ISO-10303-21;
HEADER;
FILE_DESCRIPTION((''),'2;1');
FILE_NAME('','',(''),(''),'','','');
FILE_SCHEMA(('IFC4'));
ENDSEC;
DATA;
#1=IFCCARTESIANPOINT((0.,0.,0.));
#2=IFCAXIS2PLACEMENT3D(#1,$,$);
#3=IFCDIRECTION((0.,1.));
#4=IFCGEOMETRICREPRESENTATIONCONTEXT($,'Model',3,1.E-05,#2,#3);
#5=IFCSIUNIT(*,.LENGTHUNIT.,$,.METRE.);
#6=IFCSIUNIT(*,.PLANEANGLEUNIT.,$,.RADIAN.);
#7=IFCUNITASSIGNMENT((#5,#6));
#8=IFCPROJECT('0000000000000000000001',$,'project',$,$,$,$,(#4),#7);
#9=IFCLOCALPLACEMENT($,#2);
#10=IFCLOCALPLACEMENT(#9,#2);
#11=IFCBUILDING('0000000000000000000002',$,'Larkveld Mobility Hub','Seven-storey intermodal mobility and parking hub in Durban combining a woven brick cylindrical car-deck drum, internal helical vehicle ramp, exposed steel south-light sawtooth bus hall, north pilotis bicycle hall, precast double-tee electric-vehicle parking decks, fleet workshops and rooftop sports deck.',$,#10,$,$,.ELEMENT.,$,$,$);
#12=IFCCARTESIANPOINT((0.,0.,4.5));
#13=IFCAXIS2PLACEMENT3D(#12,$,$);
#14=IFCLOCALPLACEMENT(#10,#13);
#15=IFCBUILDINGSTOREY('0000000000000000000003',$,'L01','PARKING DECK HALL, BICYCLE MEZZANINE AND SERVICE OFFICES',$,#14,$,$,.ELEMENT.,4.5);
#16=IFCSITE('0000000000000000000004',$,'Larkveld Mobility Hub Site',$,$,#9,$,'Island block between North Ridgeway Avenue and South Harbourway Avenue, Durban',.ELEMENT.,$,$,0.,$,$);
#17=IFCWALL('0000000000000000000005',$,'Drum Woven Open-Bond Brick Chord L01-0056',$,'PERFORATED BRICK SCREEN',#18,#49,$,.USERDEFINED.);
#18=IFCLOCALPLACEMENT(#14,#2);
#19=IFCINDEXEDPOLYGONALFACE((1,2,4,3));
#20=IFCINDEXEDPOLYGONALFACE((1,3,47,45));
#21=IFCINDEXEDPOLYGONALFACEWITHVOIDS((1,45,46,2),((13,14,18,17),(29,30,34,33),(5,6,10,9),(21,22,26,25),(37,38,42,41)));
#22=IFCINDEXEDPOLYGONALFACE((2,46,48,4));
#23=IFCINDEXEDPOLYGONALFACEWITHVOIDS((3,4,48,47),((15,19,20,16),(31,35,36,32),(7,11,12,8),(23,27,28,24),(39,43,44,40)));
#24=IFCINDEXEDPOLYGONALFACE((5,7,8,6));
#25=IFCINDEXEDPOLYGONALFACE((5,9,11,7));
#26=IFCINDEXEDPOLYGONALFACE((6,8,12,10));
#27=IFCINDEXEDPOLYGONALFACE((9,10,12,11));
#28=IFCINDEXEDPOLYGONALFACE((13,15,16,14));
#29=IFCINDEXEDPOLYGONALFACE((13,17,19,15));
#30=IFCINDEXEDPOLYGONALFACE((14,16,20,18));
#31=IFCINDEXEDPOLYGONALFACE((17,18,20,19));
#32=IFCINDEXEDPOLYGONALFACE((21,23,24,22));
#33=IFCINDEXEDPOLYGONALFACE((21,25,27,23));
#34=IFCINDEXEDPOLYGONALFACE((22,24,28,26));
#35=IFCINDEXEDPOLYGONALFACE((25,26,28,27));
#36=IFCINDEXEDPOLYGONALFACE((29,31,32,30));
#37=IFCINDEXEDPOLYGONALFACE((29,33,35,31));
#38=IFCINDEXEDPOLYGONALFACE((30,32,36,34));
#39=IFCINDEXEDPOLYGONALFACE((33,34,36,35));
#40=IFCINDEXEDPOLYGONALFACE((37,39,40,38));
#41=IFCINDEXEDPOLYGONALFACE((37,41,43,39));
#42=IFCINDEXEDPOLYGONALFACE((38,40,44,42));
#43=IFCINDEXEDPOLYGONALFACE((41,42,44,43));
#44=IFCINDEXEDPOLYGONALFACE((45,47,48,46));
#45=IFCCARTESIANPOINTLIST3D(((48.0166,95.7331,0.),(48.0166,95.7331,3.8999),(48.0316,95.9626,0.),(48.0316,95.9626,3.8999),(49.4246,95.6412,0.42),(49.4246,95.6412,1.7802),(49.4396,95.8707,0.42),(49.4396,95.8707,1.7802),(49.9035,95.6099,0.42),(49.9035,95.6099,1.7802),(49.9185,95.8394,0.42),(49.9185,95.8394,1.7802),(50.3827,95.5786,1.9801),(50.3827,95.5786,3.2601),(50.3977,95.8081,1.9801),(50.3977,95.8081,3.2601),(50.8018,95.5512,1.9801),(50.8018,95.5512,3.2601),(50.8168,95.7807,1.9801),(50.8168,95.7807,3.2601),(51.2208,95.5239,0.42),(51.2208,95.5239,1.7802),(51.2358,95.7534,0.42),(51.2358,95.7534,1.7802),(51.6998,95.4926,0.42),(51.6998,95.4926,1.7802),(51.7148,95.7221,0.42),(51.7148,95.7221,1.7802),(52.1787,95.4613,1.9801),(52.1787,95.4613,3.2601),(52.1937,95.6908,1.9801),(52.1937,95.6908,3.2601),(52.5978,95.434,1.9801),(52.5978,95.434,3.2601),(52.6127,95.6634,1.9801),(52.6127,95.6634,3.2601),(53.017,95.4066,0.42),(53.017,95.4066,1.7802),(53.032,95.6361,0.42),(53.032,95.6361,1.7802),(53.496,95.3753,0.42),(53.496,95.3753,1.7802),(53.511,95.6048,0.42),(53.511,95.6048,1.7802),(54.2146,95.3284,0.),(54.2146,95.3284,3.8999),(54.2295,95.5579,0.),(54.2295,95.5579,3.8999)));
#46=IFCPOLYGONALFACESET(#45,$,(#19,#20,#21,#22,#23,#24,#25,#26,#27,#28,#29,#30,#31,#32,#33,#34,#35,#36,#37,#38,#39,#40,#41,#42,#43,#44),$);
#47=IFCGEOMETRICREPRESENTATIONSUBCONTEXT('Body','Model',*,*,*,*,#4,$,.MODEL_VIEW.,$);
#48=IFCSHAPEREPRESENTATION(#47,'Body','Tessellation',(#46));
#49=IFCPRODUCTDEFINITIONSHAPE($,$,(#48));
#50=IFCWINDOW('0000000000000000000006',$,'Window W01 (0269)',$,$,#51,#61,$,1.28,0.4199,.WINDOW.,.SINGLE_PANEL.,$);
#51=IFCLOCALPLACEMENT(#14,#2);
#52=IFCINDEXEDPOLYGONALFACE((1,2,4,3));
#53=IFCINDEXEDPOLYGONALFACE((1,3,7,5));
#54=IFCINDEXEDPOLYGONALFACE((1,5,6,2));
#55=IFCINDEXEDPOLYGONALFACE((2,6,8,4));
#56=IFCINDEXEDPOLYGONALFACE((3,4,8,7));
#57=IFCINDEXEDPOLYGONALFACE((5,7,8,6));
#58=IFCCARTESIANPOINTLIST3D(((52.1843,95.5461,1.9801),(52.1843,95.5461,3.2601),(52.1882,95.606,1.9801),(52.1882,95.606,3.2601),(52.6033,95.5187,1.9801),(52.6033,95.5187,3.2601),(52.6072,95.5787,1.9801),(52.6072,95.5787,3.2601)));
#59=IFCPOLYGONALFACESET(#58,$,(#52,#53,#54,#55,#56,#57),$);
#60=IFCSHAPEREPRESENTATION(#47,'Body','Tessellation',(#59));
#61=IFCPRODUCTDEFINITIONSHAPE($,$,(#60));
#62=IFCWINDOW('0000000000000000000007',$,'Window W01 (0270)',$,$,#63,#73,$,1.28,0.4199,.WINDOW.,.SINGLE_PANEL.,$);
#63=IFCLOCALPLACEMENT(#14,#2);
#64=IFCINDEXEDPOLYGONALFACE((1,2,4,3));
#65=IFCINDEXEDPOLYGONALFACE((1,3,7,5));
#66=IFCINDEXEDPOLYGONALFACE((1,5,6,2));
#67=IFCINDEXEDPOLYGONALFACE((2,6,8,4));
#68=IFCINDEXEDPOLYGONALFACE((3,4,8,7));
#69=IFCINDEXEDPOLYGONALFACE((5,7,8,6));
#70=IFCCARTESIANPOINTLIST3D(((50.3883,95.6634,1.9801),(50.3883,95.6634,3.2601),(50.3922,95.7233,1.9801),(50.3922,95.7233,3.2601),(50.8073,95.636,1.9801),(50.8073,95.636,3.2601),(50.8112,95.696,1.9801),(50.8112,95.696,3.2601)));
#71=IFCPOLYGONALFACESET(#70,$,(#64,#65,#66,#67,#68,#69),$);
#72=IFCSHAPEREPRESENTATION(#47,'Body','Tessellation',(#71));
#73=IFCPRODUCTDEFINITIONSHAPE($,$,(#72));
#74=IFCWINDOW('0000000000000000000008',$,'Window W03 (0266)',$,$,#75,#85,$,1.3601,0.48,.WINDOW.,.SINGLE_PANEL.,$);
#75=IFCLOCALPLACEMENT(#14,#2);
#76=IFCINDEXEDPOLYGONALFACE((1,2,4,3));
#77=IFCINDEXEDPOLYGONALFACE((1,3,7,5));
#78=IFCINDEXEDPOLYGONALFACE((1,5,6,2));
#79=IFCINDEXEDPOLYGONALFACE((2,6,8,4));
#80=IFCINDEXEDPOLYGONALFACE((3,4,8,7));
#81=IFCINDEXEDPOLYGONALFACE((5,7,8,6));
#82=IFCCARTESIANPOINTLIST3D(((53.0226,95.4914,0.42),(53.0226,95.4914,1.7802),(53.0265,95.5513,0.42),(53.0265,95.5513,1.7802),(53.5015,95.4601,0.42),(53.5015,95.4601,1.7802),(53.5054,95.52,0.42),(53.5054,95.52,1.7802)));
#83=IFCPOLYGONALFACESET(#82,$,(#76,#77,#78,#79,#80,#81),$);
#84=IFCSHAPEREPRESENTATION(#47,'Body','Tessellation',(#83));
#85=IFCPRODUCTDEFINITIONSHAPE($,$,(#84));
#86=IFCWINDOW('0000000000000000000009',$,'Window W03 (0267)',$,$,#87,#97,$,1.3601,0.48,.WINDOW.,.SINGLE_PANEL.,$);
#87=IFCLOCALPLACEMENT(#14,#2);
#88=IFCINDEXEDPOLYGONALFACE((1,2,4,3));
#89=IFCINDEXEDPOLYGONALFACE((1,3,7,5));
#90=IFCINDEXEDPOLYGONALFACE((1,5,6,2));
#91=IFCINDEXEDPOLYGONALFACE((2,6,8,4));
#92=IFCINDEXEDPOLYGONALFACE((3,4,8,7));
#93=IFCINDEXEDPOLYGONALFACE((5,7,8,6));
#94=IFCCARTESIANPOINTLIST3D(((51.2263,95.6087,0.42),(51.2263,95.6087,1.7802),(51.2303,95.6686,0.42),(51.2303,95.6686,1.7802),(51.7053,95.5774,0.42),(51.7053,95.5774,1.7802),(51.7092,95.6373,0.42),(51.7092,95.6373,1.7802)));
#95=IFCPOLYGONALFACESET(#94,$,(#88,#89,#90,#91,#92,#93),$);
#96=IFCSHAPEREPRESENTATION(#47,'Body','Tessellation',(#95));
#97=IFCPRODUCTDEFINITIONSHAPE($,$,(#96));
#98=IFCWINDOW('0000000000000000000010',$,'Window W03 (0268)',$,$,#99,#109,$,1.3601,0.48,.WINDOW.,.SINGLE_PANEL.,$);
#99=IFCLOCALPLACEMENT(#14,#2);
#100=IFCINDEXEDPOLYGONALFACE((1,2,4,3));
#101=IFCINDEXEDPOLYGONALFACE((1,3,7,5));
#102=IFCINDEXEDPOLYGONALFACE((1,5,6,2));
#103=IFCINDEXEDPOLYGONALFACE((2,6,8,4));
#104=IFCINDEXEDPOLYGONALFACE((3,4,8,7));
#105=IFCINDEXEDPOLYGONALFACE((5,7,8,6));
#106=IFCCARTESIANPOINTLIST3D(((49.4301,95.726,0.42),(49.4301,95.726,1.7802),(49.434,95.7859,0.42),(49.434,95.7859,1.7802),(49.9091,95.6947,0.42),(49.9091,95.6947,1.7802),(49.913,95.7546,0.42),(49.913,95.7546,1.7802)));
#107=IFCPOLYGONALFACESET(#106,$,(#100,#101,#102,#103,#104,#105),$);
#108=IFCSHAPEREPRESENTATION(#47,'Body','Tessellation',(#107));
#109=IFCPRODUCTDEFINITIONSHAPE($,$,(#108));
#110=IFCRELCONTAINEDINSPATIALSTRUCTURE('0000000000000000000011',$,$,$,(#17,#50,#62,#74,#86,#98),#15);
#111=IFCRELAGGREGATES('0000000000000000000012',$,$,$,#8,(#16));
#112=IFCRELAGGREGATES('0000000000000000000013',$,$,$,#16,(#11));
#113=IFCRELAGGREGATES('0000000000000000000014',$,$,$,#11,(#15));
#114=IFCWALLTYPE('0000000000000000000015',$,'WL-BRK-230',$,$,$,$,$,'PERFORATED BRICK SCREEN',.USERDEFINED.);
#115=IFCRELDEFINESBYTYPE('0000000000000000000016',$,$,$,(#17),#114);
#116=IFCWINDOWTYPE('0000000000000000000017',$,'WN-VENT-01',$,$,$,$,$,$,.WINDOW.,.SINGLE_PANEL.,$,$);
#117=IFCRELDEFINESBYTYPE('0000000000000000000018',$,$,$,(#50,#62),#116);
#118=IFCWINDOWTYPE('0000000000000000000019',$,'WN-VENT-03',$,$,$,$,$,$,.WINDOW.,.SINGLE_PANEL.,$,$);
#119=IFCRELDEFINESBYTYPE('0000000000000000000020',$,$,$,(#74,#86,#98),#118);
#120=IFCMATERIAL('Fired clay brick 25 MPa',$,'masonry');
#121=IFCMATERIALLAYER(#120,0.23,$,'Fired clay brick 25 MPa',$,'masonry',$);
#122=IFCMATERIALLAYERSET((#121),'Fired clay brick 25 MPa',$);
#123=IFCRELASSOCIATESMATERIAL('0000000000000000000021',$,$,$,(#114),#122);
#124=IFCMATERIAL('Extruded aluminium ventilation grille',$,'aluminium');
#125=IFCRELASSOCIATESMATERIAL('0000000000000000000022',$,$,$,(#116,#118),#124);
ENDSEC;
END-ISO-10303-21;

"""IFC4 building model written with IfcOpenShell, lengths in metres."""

from ifc_helpers import new_model, si_unit, direction, frame, frame_2d, origin, place, context, subcontext, project, spatial, rectangle, extrude, material, layer, layer_set, type_object, element, fill, save


model = new_model("IFC4")

# Units and contexts
model_context = context("Model", 3, precision=1e-05, world=origin(), true_north=direction((0.0, 1.0)))
body_context = subcontext(model_context, "Body", "Model", "MODEL_VIEW")
ifc_project = project(units=[si_unit("LENGTHUNIT", "METRE"), si_unit("PLANEANGLEUNIT", "RADIAN")], contexts=[model_context])

# Site, building, storey
site_placement = place(None, origin())
site = spatial("IfcSite", under=ifc_project, at=site_placement, Name="Larkveld Mobility Hub Site", LongName="Island block between North Ridgeway Avenue and South Harbourway Avenue, Durban", CompositionType="ELEMENT", RefElevation=0.0)
building_placement = place(site_placement, origin())
building = spatial("IfcBuilding", under=site, at=building_placement, Name="Larkveld Mobility Hub", Description="Seven-storey intermodal mobility and parking hub in Durban combining a woven brick cylindrical car-deck drum, internal helical vehicle ramp, exposed steel south-light sawtooth bus hall, north pilotis bicycle hall, precast double-tee electric-vehicle parking decks, fleet workshops and rooftop sports deck.", CompositionType="ELEMENT")
storey_placement = place(building_placement, frame((0.0, 0.0, 4.5)))
storey = spatial("IfcBuildingStorey", under=building, at=storey_placement, Name="L01", Description="PARKING DECK HALL, BICYCLE MEZZANINE AND SERVICE OFFICES", CompositionType="ELEMENT", Elevation=4.5)

# Wall, openings, windows
ifc_material_1 = material(Name="Fired clay brick 25 MPa", Category="masonry")
ifc_layer_1 = layer(ifc_material_1, 0.23, Name="Fired clay brick 25 MPa", Category="masonry")
ifc_layer_set_1 = layer_set([ifc_layer_1], Name="Fired clay brick 25 MPa")
wall_type_1 = type_object("IfcWallType", Name="WL-BRK-230", ElementType="PERFORATED BRICK SCREEN", PredefinedType="USERDEFINED", material=ifc_layer_set_1)
wall_1_placement = place(storey_placement, frame((54.2219, 95.4431, 0.0), z_axis=(0.0, 0.0, 1.0), x_axis=(-0.997874, 0.06517, 0.0)))
wall_1 = element("IfcWall", 1, at=wall_1_placement, inside=storey, type_object=wall_type_1, Name="Drum Woven Open-Bond Brick Chord L01-0056", ObjectType="PERFORATED BRICK SCREEN", PredefinedType="USERDEFINED", context=body_context, shape_type="SweptSolid", body=[
    extrude(rectangle(XDim=6.2112, YDim=0.23, at=frame_2d((3.1055, 0.0))), origin(), (0.0, 0.0, 1.0), 3.8999),
])
opening_1_placement = place(wall_1_placement, frame((0.72, 0.0, 0.4199)))
opening_1 = element("IfcOpeningElement", 2, at=opening_1_placement, cuts=wall_1, PredefinedType="OPENING", context=body_context, shape_type="SweptSolid", body=[
    extrude(rectangle(XDim=0.48, YDim=1.3601, at=frame_2d((0.24, 0.6802))), frame((0.0, 0.125, 0.0), z_axis=(0.0, -1.0, 0.0), x_axis=(1.0, 0.0, 0.0)), (0.0, 0.0, 1.0), 0.25),
])
opening_2_placement = place(wall_1_placement, frame((2.52, 0.0, 0.4199)))
opening_2 = element("IfcOpeningElement", 3, at=opening_2_placement, cuts=wall_1, PredefinedType="OPENING", context=body_context, shape_type="SweptSolid", body=[
    extrude(rectangle(XDim=0.48, YDim=1.3601, at=frame_2d((0.24, 0.6802))), frame((0.0, 0.125, 0.0), z_axis=(0.0, -1.0, 0.0), x_axis=(1.0, 0.0, 0.0)), (0.0, 0.0, 1.0), 0.25),
])
opening_3_placement = place(wall_1_placement, frame((4.3201, 0.0, 0.4199)))
opening_3 = element("IfcOpeningElement", 4, at=opening_3_placement, cuts=wall_1, PredefinedType="OPENING", context=body_context, shape_type="SweptSolid", body=[
    extrude(rectangle(XDim=0.48, YDim=1.3601, at=frame_2d((0.24, 0.6802))), frame((0.0, 0.125, 0.0), z_axis=(0.0, -1.0, 0.0), x_axis=(1.0, 0.0, 0.0)), (0.0, 0.0, 1.0), 0.25),
])
opening_4_placement = place(wall_1_placement, frame((1.6201, 0.0, 1.98)))
opening_4 = element("IfcOpeningElement", 5, at=opening_4_placement, cuts=wall_1, PredefinedType="OPENING", context=body_context, shape_type="SweptSolid", body=[
    extrude(rectangle(XDim=0.4199, YDim=1.28, at=frame_2d((0.21, 0.6401))), frame((0.0, 0.125, 0.0), z_axis=(0.0, -1.0, 0.0), x_axis=(1.0, 0.0, 0.0)), (0.0, 0.0, 1.0), 0.25),
])
opening_5_placement = place(wall_1_placement, frame((3.4199, 0.0, 1.98)))
opening_5 = element("IfcOpeningElement", 6, at=opening_5_placement, cuts=wall_1, PredefinedType="OPENING", context=body_context, shape_type="SweptSolid", body=[
    extrude(rectangle(XDim=0.4199, YDim=1.28, at=frame_2d((0.21, 0.6401))), frame((0.0, 0.125, 0.0), z_axis=(0.0, -1.0, 0.0), x_axis=(1.0, 0.0, 0.0)), (0.0, 0.0, 1.0), 0.25),
])
ifc_material_2 = material(Name="Extruded aluminium ventilation grille", Category="aluminium")
window_type_1 = type_object("IfcWindowType", Name="WN-VENT-01", PartitioningType="SINGLE_PANEL", PredefinedType="WINDOW", material=ifc_material_2)
window_1_placement = place(opening_4_placement, origin())
window_1 = element("IfcWindow", 7, at=window_1_placement, inside=storey, type_object=window_type_1, Name="Window W01 (0269)", OverallHeight=1.28, OverallWidth=0.4199, PartitioningType="SINGLE_PANEL", PredefinedType="WINDOW", context=body_context, shape_type="SweptSolid", body=[
    extrude(rectangle(XDim=0.4199, YDim=1.28, at=frame_2d((0.21, 0.6401))), frame((0.0, 0.03, 0.0), z_axis=(0.0, -1.0, 0.0), x_axis=(1.0, 0.0, 0.0)), (0.0, 0.0, 1.0), 0.0601),
])
fill(opening_4, window_1)
window_2_placement = place(opening_5_placement, origin())
window_2 = element("IfcWindow", 8, at=window_2_placement, inside=storey, type_object=window_type_1, Name="Window W01 (0270)", OverallHeight=1.28, OverallWidth=0.4199, PartitioningType="SINGLE_PANEL", PredefinedType="WINDOW", context=body_context, shape_type="SweptSolid", body=[
    extrude(rectangle(XDim=0.4199, YDim=1.28, at=frame_2d((0.21, 0.6401))), frame((0.0, 0.03, 0.0), z_axis=(0.0, -1.0, 0.0), x_axis=(1.0, 0.0, 0.0)), (0.0, 0.0, 1.0), 0.0601),
])
fill(opening_5, window_2)
window_type_2 = type_object("IfcWindowType", Name="WN-VENT-03", PartitioningType="SINGLE_PANEL", PredefinedType="WINDOW", material=ifc_material_2)
window_3_placement = place(opening_1_placement, origin())
window_3 = element("IfcWindow", 9, at=window_3_placement, inside=storey, type_object=window_type_2, Name="Window W03 (0266)", OverallHeight=1.3601, OverallWidth=0.48, PartitioningType="SINGLE_PANEL", PredefinedType="WINDOW", context=body_context, shape_type="SweptSolid", body=[
    extrude(rectangle(XDim=0.48, YDim=1.3601, at=frame_2d((0.24, 0.6802))), frame((0.0, 0.03, 0.0), z_axis=(0.0, -1.0, 0.0), x_axis=(1.0, 0.0, 0.0)), (0.0, 0.0, 1.0), 0.0601),
])
fill(opening_1, window_3)
window_4_placement = place(opening_2_placement, origin())
window_4 = element("IfcWindow", 10, at=window_4_placement, inside=storey, type_object=window_type_2, Name="Window W03 (0267)", OverallHeight=1.3601, OverallWidth=0.48, PartitioningType="SINGLE_PANEL", PredefinedType="WINDOW", context=body_context, shape_type="SweptSolid", body=[
    extrude(rectangle(XDim=0.48, YDim=1.3601, at=frame_2d((0.24, 0.6802))), frame((0.0, 0.03, 0.0), z_axis=(0.0, -1.0, 0.0), x_axis=(1.0, 0.0, 0.0)), (0.0, 0.0, 1.0), 0.0601),
])
fill(opening_2, window_4)
window_5_placement = place(opening_3_placement, origin())
window_5 = element("IfcWindow", 11, at=window_5_placement, inside=storey, type_object=window_type_2, Name="Window W03 (0268)", OverallHeight=1.3601, OverallWidth=0.48, PartitioningType="SINGLE_PANEL", PredefinedType="WINDOW", context=body_context, shape_type="SweptSolid", body=[
    extrude(rectangle(XDim=0.48, YDim=1.3601, at=frame_2d((0.24, 0.6802))), frame((0.0, 0.03, 0.0), z_axis=(0.0, -1.0, 0.0), x_axis=(1.0, 0.0, 0.0)), (0.0, 0.0, 1.0), 0.0601),
])
fill(opening_3, window_5)

save(model, "model.ifc")
